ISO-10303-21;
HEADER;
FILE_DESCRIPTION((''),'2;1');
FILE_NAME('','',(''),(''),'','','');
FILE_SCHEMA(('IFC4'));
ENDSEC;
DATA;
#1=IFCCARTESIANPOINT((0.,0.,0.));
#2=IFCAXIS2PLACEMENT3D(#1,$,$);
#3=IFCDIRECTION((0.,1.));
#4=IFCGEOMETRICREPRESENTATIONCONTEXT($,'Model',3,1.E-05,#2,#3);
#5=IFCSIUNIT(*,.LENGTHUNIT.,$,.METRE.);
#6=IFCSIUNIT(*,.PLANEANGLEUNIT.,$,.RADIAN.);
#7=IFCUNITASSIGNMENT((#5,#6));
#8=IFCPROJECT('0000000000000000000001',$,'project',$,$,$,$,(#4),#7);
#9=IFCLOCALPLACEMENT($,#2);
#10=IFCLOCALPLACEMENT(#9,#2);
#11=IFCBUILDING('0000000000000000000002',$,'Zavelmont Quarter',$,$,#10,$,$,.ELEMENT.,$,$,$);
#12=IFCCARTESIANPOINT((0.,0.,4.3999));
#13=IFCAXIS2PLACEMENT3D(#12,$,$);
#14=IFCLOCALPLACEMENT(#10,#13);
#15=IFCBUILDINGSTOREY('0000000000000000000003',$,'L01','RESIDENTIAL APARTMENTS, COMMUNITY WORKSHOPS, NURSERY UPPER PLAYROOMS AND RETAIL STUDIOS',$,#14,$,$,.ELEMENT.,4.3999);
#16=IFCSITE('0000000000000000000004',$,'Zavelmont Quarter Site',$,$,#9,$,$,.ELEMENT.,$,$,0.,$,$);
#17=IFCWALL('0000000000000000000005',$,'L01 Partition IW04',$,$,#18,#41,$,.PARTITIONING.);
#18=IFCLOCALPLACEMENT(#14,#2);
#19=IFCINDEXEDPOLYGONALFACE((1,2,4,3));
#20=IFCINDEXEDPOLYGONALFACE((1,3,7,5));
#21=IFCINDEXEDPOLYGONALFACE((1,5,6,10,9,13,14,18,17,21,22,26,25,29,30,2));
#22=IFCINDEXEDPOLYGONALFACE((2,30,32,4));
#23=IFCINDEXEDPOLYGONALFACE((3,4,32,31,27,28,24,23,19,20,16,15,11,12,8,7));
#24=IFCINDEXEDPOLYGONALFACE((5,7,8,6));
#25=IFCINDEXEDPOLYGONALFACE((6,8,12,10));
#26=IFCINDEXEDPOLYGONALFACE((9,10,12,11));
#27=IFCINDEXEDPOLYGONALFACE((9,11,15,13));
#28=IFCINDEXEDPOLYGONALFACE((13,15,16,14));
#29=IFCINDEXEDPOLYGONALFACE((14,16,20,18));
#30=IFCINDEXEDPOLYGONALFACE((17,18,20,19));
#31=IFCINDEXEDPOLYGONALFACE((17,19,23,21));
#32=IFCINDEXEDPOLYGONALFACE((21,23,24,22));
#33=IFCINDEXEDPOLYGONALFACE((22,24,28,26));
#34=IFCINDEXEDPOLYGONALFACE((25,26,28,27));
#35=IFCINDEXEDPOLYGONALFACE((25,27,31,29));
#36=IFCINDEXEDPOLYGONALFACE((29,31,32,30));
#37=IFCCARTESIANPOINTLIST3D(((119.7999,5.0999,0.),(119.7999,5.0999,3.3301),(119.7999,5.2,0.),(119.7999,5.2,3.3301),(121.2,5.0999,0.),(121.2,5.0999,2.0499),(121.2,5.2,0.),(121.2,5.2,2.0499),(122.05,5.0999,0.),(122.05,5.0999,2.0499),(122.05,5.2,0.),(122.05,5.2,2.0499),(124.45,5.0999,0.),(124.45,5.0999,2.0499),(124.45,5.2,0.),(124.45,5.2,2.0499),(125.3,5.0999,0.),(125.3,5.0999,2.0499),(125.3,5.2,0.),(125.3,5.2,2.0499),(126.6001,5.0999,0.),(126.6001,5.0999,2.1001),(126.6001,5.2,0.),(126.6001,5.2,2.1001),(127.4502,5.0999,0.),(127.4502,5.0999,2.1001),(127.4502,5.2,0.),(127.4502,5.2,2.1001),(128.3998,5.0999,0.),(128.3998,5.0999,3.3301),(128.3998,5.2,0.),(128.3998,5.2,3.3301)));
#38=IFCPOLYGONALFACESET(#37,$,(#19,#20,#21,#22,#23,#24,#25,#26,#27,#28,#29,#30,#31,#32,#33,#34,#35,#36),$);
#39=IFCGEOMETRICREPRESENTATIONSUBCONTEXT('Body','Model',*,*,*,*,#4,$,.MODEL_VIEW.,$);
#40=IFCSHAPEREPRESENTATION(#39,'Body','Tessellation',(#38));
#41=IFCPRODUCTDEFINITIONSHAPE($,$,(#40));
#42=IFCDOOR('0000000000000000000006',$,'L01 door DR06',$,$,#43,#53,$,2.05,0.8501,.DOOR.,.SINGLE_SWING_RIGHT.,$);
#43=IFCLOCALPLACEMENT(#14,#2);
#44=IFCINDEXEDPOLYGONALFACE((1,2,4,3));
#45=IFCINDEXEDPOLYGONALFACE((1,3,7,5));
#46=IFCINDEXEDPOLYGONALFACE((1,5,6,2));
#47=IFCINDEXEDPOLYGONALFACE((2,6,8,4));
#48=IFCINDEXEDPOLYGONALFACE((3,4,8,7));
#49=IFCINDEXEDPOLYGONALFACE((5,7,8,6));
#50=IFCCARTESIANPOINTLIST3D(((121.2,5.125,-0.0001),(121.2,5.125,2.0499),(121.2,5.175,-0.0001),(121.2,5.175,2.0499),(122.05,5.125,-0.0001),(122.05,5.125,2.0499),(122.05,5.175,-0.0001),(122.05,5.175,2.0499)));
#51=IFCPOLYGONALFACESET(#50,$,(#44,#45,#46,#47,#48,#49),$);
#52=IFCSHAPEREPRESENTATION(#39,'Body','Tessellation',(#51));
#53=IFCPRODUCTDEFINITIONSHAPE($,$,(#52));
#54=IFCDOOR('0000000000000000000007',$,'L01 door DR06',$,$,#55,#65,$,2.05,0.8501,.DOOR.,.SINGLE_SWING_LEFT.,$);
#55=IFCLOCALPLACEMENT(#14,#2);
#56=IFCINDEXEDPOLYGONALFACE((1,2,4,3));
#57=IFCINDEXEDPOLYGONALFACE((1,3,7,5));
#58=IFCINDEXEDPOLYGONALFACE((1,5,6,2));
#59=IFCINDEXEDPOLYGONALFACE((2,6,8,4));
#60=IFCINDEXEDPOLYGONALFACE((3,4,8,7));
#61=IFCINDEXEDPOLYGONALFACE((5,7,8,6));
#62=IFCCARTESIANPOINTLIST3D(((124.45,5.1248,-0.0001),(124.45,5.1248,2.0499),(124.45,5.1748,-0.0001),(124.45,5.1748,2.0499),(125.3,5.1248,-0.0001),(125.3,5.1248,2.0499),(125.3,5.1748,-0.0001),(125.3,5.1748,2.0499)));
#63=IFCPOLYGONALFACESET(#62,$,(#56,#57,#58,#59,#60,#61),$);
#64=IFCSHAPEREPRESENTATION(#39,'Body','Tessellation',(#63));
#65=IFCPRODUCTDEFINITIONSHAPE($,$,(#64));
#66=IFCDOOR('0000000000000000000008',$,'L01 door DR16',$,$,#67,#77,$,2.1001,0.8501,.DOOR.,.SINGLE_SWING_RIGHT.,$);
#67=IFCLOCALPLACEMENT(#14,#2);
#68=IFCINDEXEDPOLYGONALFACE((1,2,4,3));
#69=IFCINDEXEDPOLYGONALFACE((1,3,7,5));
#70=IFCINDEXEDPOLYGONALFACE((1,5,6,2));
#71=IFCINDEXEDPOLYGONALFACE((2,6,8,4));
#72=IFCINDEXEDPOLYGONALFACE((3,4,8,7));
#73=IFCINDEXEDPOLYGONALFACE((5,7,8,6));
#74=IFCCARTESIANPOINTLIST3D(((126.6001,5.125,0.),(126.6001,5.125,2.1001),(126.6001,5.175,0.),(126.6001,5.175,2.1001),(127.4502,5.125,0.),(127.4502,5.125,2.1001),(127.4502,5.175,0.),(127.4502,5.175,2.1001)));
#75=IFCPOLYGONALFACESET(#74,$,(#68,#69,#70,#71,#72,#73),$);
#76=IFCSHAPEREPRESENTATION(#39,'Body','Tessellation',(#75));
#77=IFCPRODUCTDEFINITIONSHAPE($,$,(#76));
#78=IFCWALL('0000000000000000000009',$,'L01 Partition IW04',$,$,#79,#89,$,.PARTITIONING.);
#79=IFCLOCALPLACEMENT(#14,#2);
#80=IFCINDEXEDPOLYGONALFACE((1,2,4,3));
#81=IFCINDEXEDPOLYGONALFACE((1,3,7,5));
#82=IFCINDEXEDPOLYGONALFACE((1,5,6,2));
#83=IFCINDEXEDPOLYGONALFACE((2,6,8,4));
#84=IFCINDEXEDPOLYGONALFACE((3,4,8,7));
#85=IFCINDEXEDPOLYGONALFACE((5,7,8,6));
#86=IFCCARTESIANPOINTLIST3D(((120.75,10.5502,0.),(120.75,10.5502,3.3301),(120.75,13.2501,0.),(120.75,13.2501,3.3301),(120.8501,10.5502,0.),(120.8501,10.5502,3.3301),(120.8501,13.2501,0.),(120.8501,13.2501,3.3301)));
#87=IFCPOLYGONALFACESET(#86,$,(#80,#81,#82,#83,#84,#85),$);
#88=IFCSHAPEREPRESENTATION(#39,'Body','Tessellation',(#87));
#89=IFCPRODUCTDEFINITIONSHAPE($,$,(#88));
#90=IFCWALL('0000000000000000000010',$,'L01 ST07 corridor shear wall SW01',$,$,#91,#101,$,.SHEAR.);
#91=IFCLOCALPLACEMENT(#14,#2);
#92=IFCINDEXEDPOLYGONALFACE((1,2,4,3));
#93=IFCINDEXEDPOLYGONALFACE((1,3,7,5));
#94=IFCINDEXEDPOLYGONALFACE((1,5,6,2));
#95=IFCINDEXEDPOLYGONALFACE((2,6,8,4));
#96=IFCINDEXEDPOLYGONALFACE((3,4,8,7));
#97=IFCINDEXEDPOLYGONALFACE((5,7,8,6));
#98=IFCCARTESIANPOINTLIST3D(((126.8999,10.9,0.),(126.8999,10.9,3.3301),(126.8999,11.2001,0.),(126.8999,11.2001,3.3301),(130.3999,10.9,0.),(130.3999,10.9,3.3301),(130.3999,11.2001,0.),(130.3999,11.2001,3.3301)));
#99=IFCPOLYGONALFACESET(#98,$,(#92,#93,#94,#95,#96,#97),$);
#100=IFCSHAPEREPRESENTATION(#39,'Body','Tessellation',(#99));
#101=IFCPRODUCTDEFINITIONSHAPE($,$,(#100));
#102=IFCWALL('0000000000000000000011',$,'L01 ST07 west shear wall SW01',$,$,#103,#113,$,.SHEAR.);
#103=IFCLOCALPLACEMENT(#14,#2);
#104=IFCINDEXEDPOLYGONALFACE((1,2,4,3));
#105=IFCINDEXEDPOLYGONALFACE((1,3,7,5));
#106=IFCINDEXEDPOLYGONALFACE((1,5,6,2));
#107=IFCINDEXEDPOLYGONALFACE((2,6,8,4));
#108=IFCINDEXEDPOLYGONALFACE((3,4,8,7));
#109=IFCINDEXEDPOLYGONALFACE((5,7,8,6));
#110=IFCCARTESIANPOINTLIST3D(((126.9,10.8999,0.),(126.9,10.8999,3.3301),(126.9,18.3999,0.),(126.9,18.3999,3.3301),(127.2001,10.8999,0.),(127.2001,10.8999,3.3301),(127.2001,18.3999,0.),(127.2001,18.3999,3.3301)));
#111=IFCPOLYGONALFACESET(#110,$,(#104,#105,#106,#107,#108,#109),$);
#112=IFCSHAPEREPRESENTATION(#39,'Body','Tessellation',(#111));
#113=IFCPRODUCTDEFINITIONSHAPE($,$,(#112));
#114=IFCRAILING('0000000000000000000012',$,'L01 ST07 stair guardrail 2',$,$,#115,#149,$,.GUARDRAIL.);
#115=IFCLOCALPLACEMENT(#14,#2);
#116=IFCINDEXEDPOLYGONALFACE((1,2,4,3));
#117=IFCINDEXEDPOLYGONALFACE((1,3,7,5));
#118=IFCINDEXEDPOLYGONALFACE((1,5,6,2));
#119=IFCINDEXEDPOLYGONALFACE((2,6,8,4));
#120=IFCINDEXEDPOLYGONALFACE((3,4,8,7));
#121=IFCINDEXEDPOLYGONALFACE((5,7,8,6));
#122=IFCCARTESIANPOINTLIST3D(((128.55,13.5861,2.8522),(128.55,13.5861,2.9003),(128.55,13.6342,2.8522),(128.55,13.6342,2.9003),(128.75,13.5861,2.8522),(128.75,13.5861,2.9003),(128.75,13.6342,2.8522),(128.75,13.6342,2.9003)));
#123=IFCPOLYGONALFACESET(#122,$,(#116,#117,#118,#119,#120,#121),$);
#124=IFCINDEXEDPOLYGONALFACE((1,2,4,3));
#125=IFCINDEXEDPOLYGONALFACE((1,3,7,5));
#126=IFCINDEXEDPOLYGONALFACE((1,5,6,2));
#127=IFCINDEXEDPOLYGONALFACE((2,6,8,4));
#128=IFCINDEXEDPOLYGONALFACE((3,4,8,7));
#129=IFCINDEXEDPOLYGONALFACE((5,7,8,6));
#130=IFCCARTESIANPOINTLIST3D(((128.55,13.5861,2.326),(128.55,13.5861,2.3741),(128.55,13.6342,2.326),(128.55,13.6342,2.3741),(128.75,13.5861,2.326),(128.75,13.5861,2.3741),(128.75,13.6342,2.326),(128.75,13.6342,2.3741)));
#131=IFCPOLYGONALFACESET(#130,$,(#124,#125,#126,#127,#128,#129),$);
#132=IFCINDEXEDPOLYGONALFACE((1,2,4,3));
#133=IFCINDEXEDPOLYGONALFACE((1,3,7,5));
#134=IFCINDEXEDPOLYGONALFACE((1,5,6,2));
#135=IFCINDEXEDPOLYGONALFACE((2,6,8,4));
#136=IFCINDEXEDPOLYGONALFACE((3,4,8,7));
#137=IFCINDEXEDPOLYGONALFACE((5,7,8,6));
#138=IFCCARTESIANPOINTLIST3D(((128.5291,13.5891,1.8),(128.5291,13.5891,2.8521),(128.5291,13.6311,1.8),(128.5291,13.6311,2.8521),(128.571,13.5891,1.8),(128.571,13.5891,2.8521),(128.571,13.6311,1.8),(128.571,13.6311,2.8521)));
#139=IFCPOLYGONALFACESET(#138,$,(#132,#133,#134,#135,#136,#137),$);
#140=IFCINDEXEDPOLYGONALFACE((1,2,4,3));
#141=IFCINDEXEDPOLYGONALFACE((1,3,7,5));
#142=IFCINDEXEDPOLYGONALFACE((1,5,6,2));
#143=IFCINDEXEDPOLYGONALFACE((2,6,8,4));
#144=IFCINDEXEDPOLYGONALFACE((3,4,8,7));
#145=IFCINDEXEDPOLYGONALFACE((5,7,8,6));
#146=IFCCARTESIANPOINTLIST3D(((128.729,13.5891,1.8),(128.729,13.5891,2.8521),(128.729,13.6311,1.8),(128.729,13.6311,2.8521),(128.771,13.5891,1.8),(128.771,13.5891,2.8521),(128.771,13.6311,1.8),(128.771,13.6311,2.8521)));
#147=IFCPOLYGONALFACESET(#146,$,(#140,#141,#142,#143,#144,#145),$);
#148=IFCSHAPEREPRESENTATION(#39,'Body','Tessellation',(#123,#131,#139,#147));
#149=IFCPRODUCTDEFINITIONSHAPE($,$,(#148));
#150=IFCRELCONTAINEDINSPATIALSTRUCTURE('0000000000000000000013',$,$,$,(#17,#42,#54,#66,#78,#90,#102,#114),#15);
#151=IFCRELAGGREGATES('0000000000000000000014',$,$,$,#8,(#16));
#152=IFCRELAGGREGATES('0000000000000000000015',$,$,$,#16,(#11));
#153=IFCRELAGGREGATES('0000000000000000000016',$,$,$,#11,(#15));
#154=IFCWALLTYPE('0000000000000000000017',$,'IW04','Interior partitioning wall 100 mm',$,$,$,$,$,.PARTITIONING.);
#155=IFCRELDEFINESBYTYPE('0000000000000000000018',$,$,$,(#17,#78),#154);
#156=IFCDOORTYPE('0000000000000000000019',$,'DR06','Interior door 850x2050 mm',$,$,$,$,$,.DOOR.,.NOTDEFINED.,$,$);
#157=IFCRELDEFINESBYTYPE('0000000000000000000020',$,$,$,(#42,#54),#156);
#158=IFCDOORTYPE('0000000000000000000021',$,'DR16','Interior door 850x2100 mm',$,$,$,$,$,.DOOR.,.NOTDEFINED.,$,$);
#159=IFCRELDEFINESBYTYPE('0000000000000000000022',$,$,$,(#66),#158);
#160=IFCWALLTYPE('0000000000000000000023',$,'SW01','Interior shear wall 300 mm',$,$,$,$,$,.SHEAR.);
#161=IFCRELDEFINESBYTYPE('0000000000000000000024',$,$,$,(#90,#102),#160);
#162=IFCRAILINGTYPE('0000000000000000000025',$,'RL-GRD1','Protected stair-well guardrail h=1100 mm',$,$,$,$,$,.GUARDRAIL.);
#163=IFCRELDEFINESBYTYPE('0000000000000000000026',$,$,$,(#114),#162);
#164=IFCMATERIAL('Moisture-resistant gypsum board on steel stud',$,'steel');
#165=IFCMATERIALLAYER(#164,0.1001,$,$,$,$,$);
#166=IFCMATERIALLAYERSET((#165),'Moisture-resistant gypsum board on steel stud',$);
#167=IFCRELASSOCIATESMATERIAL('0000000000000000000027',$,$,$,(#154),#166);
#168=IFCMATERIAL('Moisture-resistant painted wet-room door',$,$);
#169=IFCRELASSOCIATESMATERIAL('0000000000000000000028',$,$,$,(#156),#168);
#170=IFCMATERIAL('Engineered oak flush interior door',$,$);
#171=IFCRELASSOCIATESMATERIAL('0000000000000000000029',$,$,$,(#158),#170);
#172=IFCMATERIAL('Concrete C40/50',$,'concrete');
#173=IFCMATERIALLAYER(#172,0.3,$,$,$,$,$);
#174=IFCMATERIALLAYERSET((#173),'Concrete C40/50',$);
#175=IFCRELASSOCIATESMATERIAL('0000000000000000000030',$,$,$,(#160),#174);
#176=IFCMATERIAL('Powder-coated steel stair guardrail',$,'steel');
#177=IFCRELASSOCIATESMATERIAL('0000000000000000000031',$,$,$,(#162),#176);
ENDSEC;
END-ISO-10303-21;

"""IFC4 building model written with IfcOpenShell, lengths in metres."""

from ifc_helpers import new_model, si_unit, direction, frame, frame_2d, origin, origin_with_axes, origin_2d, place, context, subcontext, project, spatial, rectangle, extrude, material, layer, layer_set, type_object, element, fill, save


model = new_model("IFC4")

# Units and contexts
model_context = context("Model", 3, precision=1e-05, world=origin(), true_north=direction((0.0, 1.0)))
body_context = subcontext(model_context, "Body", "Model", "MODEL_VIEW")
ifc_project = project(units=[si_unit("LENGTHUNIT", "METRE"), si_unit("PLANEANGLEUNIT", "RADIAN")], contexts=[model_context])

# Site, building, storey
site_placement = place(None, origin())
site = spatial("IfcSite", under=ifc_project, at=site_placement, Name="Zavelmont Quarter Site", CompositionType="ELEMENT", RefElevation=0.0)
building_placement = place(site_placement, origin())
building = spatial("IfcBuilding", under=site, at=building_placement, Name="Zavelmont Quarter", CompositionType="ELEMENT")
storey_placement = place(building_placement, frame((0.0, 0.0, 4.3999)))
storey = spatial("IfcBuildingStorey", under=building, at=storey_placement, Name="L01", Description="RESIDENTIAL APARTMENTS, COMMUNITY WORKSHOPS, NURSERY UPPER PLAYROOMS AND RETAIL STUDIOS", CompositionType="ELEMENT", Elevation=4.3999)

# Shared definitions
ifc_material_1 = material(Name="Concrete C40/50", Category="concrete")

# Shared definitions
ifc_material_2 = material(Name="Engineered oak flush interior door")

# Shared definitions
ifc_material_3 = material(Name="Moisture-resistant gypsum board on steel stud", Category="steel")
ifc_layer_1 = layer(ifc_material_3, 0.1001)
ifc_layer_set_1 = layer_set([ifc_layer_1], Name="Moisture-resistant gypsum board on steel stud")
wall_type_1 = type_object("IfcWallType", Name="IW04", Description="Interior partitioning wall 100 mm", PredefinedType="PARTITIONING", material=ifc_layer_set_1)

# Wall, openings, doors
wall_1_placement = place(storey_placement, frame((119.8, 5.1499, 0.0), z_axis=(0.0, 0.0, 1.0), x_axis=(1.0, 0.0, 0.0)))
wall_1 = element("IfcWall", 1, at=wall_1_placement, inside=storey, type_object=wall_type_1, Name="L01 Partition IW04", PredefinedType="PARTITIONING", context=body_context, shape_type="SweptSolid", body=[
    extrude(rectangle(XDim=8.5999, YDim=0.1001, at=frame_2d((4.2998, 0.0))), origin(), (0.0, 0.0, 1.0), 3.3301),
])
opening_1_placement = place(wall_1_placement, frame((1.3999, 0.0, 0.0)))
opening_1 = element("IfcOpeningElement", 2, at=opening_1_placement, cuts=wall_1, PredefinedType="OPENING", context=body_context, shape_type="SweptSolid", body=[
    extrude(rectangle(XDim=0.8501, YDim=2.05, at=frame_2d((0.425, 1.0249))), frame((0.0, 0.062, 0.0), z_axis=(0.0, -1.0, 0.0), x_axis=(1.0, 0.0, 0.0)), (0.0, 0.0, 1.0), 0.124),
])
opening_2_placement = place(wall_1_placement, frame((4.6499, 0.0, 0.0)))
opening_2 = element("IfcOpeningElement", 3, at=opening_2_placement, cuts=wall_1, PredefinedType="OPENING", context=body_context, shape_type="SweptSolid", body=[
    extrude(rectangle(XDim=0.8501, YDim=2.05, at=frame_2d((0.425, 1.0249))), frame((0.0, 0.062, 0.0), z_axis=(0.0, -1.0, 0.0), x_axis=(1.0, 0.0, 0.0)), (0.0, 0.0, 1.0), 0.124),
])
opening_3_placement = place(wall_1_placement, frame((6.8, 0.0, 0.0)))
opening_3 = element("IfcOpeningElement", 4, at=opening_3_placement, cuts=wall_1, PredefinedType="OPENING", context=body_context, shape_type="SweptSolid", body=[
    extrude(rectangle(XDim=0.8501, YDim=2.1001, at=frame_2d((0.425, 1.05))), frame((0.0, 0.062, 0.0), z_axis=(0.0, -1.0, 0.0), x_axis=(1.0, 0.0, 0.0)), (0.0, 0.0, 1.0), 0.124),
])
ifc_material_4 = material(Name="Moisture-resistant painted wet-room door")
door_type_1 = type_object("IfcDoorType", Name="DR06", Description="Interior door 850x2050 mm", OperationType="NOTDEFINED", PredefinedType="DOOR", material=ifc_material_4)
door_1_placement = place(opening_1_placement, frame((0.8501, 0.0, 0.0), z_axis=(0.0, 0.0, 1.0), x_axis=(-1.0, 0.0, 0.0)))
door_1 = element("IfcDoor", 5, at=door_1_placement, inside=storey, type_object=door_type_1, Name="L01 door DR06", OperationType="SINGLE_SWING_RIGHT", OverallHeight=2.05, OverallWidth=0.8501, PredefinedType="DOOR", context=body_context, shape_type="SweptSolid", body=[
    extrude(rectangle(XDim=0.8501, YDim=2.05, at=frame_2d((0.425, 1.0249))), frame((0.0, 0.0249, 0.0), z_axis=(0.0, -1.0, 0.0), x_axis=(1.0, 0.0, 0.0)), (0.0, 0.0, 1.0), 0.05),
])
fill(opening_1, door_1)
door_2_placement = place(opening_2_placement, origin_with_axes())
door_2 = element("IfcDoor", 6, at=door_2_placement, inside=storey, type_object=door_type_1, Name="L01 door DR06", OperationType="SINGLE_SWING_LEFT", OverallHeight=2.05, OverallWidth=0.8501, PredefinedType="DOOR", context=body_context, shape_type="SweptSolid", body=[
    extrude(rectangle(XDim=0.8501, YDim=2.05, at=frame_2d((0.425, 1.0249))), frame((0.0, 0.0249, 0.0), z_axis=(0.0, -1.0, 0.0), x_axis=(1.0, 0.0, 0.0)), (0.0, 0.0, 1.0), 0.05),
])
fill(opening_2, door_2)
door_type_2 = type_object("IfcDoorType", Name="DR16", Description="Interior door 850x2100 mm", OperationType="NOTDEFINED", PredefinedType="DOOR", material=ifc_material_2)
door_3_placement = place(opening_3_placement, frame((0.8501, 0.0, 0.0), z_axis=(0.0, 0.0, 1.0), x_axis=(-1.0, 0.0, 0.0)))
door_3 = element("IfcDoor", 7, at=door_3_placement, inside=storey, type_object=door_type_2, Name="L01 door DR16", OperationType="SINGLE_SWING_RIGHT", OverallHeight=2.1001, OverallWidth=0.8501, PredefinedType="DOOR", context=body_context, shape_type="SweptSolid", body=[
    extrude(rectangle(XDim=0.8501, YDim=2.1001, at=frame_2d((0.425, 1.05))), frame((0.0, 0.0249, 0.0), z_axis=(0.0, -1.0, 0.0), x_axis=(1.0, 0.0, 0.0)), (0.0, 0.0, 1.0), 0.05),
])
fill(opening_3, door_3)

# Walls
wall_2_placement = place(storey_placement, frame((120.8, 10.55, 0.0), z_axis=(0.0, 0.0, 1.0), x_axis=(0.0, 1.0, 0.0)))
element("IfcWall", 8, at=wall_2_placement, inside=storey, type_object=wall_type_1, Name="L01 Partition IW04", PredefinedType="PARTITIONING", context=body_context, shape_type="SweptSolid", body=[
    extrude(rectangle(XDim=2.7, YDim=0.1001, at=frame_2d((1.3501, 0.0))), origin(), (0.0, 0.0, 1.0), 3.3301),
])
ifc_layer_2 = layer(ifc_material_1, 0.3)
ifc_layer_set_2 = layer_set([ifc_layer_2], Name="Concrete C40/50")
wall_type_2 = type_object("IfcWallType", Name="SW01", Description="Interior shear wall 300 mm", PredefinedType="SHEAR", material=ifc_layer_set_2)
wall_3_placement = place(storey_placement, frame((126.8999, 11.05, 0.0), z_axis=(0.0, 0.0, 1.0), x_axis=(1.0, 0.0, 0.0)))
element("IfcWall", 9, at=wall_3_placement, inside=storey, type_object=wall_type_2, Name="L01 ST07 corridor shear wall SW01", PredefinedType="SHEAR", context=body_context, shape_type="SweptSolid", body=[
    extrude(rectangle(XDim=3.5, YDim=0.3, at=frame_2d((1.75, 0.0))), origin(), (0.0, 0.0, 1.0), 3.3301),
])
wall_4_placement = place(storey_placement, frame((127.05, 10.8999, 0.0), z_axis=(0.0, 0.0, 1.0), x_axis=(0.0, 1.0, 0.0)))
element("IfcWall", 10, at=wall_4_placement, inside=storey, type_object=wall_type_2, Name="L01 ST07 west shear wall SW01", PredefinedType="SHEAR", context=body_context, shape_type="SweptSolid", body=[
    extrude(rectangle(XDim=7.5, YDim=0.3, at=frame_2d((3.75, 0.0))), origin(), (0.0, 0.0, 1.0), 3.3301),
])

# Railing
ifc_material_5 = material(Name="Powder-coated steel stair guardrail", Category="steel")
railing_type = type_object("IfcRailingType", Name="RL-GRD1", Description="Protected stair-well guardrail h=1100 mm", PredefinedType="GUARDRAIL", material=ifc_material_5)
railing_1_placement = place(storey_placement, frame((128.55, 13.6101, 1.8)))
element("IfcRailing", 11, at=railing_1_placement, inside=storey, type_object=railing_type, Name="L01 ST07 stair guardrail 2", PredefinedType="GUARDRAIL", context=body_context, shape_type="SweptSolid", body=[
    extrude(rectangle(XDim=0.0481, YDim=0.0481, at=origin_2d()), frame((0.0, 0.0, 1.0762), z_axis=(1.0, 0.0, 0.0), x_axis=(0.0, 1.0, 0.0)), (0.0, 0.0, 1.0), 0.2),
    extrude(rectangle(XDim=0.0481, YDim=0.0481, at=origin_2d()), frame((0.0, 0.0, 0.55), z_axis=(1.0, 0.0, 0.0), x_axis=(0.0, 1.0, 0.0)), (0.0, 0.0, 1.0), 0.2),
    extrude(rectangle(XDim=0.042, YDim=0.042, at=origin_2d()), origin(), (0.0, 0.0, 1.0), 1.052),
    extrude(rectangle(XDim=0.042, YDim=0.042, at=origin_2d()), frame((0.2, 0.0, 0.0)), (0.0, 0.0, 1.0), 1.052),
])

save(model, "model.ifc")
